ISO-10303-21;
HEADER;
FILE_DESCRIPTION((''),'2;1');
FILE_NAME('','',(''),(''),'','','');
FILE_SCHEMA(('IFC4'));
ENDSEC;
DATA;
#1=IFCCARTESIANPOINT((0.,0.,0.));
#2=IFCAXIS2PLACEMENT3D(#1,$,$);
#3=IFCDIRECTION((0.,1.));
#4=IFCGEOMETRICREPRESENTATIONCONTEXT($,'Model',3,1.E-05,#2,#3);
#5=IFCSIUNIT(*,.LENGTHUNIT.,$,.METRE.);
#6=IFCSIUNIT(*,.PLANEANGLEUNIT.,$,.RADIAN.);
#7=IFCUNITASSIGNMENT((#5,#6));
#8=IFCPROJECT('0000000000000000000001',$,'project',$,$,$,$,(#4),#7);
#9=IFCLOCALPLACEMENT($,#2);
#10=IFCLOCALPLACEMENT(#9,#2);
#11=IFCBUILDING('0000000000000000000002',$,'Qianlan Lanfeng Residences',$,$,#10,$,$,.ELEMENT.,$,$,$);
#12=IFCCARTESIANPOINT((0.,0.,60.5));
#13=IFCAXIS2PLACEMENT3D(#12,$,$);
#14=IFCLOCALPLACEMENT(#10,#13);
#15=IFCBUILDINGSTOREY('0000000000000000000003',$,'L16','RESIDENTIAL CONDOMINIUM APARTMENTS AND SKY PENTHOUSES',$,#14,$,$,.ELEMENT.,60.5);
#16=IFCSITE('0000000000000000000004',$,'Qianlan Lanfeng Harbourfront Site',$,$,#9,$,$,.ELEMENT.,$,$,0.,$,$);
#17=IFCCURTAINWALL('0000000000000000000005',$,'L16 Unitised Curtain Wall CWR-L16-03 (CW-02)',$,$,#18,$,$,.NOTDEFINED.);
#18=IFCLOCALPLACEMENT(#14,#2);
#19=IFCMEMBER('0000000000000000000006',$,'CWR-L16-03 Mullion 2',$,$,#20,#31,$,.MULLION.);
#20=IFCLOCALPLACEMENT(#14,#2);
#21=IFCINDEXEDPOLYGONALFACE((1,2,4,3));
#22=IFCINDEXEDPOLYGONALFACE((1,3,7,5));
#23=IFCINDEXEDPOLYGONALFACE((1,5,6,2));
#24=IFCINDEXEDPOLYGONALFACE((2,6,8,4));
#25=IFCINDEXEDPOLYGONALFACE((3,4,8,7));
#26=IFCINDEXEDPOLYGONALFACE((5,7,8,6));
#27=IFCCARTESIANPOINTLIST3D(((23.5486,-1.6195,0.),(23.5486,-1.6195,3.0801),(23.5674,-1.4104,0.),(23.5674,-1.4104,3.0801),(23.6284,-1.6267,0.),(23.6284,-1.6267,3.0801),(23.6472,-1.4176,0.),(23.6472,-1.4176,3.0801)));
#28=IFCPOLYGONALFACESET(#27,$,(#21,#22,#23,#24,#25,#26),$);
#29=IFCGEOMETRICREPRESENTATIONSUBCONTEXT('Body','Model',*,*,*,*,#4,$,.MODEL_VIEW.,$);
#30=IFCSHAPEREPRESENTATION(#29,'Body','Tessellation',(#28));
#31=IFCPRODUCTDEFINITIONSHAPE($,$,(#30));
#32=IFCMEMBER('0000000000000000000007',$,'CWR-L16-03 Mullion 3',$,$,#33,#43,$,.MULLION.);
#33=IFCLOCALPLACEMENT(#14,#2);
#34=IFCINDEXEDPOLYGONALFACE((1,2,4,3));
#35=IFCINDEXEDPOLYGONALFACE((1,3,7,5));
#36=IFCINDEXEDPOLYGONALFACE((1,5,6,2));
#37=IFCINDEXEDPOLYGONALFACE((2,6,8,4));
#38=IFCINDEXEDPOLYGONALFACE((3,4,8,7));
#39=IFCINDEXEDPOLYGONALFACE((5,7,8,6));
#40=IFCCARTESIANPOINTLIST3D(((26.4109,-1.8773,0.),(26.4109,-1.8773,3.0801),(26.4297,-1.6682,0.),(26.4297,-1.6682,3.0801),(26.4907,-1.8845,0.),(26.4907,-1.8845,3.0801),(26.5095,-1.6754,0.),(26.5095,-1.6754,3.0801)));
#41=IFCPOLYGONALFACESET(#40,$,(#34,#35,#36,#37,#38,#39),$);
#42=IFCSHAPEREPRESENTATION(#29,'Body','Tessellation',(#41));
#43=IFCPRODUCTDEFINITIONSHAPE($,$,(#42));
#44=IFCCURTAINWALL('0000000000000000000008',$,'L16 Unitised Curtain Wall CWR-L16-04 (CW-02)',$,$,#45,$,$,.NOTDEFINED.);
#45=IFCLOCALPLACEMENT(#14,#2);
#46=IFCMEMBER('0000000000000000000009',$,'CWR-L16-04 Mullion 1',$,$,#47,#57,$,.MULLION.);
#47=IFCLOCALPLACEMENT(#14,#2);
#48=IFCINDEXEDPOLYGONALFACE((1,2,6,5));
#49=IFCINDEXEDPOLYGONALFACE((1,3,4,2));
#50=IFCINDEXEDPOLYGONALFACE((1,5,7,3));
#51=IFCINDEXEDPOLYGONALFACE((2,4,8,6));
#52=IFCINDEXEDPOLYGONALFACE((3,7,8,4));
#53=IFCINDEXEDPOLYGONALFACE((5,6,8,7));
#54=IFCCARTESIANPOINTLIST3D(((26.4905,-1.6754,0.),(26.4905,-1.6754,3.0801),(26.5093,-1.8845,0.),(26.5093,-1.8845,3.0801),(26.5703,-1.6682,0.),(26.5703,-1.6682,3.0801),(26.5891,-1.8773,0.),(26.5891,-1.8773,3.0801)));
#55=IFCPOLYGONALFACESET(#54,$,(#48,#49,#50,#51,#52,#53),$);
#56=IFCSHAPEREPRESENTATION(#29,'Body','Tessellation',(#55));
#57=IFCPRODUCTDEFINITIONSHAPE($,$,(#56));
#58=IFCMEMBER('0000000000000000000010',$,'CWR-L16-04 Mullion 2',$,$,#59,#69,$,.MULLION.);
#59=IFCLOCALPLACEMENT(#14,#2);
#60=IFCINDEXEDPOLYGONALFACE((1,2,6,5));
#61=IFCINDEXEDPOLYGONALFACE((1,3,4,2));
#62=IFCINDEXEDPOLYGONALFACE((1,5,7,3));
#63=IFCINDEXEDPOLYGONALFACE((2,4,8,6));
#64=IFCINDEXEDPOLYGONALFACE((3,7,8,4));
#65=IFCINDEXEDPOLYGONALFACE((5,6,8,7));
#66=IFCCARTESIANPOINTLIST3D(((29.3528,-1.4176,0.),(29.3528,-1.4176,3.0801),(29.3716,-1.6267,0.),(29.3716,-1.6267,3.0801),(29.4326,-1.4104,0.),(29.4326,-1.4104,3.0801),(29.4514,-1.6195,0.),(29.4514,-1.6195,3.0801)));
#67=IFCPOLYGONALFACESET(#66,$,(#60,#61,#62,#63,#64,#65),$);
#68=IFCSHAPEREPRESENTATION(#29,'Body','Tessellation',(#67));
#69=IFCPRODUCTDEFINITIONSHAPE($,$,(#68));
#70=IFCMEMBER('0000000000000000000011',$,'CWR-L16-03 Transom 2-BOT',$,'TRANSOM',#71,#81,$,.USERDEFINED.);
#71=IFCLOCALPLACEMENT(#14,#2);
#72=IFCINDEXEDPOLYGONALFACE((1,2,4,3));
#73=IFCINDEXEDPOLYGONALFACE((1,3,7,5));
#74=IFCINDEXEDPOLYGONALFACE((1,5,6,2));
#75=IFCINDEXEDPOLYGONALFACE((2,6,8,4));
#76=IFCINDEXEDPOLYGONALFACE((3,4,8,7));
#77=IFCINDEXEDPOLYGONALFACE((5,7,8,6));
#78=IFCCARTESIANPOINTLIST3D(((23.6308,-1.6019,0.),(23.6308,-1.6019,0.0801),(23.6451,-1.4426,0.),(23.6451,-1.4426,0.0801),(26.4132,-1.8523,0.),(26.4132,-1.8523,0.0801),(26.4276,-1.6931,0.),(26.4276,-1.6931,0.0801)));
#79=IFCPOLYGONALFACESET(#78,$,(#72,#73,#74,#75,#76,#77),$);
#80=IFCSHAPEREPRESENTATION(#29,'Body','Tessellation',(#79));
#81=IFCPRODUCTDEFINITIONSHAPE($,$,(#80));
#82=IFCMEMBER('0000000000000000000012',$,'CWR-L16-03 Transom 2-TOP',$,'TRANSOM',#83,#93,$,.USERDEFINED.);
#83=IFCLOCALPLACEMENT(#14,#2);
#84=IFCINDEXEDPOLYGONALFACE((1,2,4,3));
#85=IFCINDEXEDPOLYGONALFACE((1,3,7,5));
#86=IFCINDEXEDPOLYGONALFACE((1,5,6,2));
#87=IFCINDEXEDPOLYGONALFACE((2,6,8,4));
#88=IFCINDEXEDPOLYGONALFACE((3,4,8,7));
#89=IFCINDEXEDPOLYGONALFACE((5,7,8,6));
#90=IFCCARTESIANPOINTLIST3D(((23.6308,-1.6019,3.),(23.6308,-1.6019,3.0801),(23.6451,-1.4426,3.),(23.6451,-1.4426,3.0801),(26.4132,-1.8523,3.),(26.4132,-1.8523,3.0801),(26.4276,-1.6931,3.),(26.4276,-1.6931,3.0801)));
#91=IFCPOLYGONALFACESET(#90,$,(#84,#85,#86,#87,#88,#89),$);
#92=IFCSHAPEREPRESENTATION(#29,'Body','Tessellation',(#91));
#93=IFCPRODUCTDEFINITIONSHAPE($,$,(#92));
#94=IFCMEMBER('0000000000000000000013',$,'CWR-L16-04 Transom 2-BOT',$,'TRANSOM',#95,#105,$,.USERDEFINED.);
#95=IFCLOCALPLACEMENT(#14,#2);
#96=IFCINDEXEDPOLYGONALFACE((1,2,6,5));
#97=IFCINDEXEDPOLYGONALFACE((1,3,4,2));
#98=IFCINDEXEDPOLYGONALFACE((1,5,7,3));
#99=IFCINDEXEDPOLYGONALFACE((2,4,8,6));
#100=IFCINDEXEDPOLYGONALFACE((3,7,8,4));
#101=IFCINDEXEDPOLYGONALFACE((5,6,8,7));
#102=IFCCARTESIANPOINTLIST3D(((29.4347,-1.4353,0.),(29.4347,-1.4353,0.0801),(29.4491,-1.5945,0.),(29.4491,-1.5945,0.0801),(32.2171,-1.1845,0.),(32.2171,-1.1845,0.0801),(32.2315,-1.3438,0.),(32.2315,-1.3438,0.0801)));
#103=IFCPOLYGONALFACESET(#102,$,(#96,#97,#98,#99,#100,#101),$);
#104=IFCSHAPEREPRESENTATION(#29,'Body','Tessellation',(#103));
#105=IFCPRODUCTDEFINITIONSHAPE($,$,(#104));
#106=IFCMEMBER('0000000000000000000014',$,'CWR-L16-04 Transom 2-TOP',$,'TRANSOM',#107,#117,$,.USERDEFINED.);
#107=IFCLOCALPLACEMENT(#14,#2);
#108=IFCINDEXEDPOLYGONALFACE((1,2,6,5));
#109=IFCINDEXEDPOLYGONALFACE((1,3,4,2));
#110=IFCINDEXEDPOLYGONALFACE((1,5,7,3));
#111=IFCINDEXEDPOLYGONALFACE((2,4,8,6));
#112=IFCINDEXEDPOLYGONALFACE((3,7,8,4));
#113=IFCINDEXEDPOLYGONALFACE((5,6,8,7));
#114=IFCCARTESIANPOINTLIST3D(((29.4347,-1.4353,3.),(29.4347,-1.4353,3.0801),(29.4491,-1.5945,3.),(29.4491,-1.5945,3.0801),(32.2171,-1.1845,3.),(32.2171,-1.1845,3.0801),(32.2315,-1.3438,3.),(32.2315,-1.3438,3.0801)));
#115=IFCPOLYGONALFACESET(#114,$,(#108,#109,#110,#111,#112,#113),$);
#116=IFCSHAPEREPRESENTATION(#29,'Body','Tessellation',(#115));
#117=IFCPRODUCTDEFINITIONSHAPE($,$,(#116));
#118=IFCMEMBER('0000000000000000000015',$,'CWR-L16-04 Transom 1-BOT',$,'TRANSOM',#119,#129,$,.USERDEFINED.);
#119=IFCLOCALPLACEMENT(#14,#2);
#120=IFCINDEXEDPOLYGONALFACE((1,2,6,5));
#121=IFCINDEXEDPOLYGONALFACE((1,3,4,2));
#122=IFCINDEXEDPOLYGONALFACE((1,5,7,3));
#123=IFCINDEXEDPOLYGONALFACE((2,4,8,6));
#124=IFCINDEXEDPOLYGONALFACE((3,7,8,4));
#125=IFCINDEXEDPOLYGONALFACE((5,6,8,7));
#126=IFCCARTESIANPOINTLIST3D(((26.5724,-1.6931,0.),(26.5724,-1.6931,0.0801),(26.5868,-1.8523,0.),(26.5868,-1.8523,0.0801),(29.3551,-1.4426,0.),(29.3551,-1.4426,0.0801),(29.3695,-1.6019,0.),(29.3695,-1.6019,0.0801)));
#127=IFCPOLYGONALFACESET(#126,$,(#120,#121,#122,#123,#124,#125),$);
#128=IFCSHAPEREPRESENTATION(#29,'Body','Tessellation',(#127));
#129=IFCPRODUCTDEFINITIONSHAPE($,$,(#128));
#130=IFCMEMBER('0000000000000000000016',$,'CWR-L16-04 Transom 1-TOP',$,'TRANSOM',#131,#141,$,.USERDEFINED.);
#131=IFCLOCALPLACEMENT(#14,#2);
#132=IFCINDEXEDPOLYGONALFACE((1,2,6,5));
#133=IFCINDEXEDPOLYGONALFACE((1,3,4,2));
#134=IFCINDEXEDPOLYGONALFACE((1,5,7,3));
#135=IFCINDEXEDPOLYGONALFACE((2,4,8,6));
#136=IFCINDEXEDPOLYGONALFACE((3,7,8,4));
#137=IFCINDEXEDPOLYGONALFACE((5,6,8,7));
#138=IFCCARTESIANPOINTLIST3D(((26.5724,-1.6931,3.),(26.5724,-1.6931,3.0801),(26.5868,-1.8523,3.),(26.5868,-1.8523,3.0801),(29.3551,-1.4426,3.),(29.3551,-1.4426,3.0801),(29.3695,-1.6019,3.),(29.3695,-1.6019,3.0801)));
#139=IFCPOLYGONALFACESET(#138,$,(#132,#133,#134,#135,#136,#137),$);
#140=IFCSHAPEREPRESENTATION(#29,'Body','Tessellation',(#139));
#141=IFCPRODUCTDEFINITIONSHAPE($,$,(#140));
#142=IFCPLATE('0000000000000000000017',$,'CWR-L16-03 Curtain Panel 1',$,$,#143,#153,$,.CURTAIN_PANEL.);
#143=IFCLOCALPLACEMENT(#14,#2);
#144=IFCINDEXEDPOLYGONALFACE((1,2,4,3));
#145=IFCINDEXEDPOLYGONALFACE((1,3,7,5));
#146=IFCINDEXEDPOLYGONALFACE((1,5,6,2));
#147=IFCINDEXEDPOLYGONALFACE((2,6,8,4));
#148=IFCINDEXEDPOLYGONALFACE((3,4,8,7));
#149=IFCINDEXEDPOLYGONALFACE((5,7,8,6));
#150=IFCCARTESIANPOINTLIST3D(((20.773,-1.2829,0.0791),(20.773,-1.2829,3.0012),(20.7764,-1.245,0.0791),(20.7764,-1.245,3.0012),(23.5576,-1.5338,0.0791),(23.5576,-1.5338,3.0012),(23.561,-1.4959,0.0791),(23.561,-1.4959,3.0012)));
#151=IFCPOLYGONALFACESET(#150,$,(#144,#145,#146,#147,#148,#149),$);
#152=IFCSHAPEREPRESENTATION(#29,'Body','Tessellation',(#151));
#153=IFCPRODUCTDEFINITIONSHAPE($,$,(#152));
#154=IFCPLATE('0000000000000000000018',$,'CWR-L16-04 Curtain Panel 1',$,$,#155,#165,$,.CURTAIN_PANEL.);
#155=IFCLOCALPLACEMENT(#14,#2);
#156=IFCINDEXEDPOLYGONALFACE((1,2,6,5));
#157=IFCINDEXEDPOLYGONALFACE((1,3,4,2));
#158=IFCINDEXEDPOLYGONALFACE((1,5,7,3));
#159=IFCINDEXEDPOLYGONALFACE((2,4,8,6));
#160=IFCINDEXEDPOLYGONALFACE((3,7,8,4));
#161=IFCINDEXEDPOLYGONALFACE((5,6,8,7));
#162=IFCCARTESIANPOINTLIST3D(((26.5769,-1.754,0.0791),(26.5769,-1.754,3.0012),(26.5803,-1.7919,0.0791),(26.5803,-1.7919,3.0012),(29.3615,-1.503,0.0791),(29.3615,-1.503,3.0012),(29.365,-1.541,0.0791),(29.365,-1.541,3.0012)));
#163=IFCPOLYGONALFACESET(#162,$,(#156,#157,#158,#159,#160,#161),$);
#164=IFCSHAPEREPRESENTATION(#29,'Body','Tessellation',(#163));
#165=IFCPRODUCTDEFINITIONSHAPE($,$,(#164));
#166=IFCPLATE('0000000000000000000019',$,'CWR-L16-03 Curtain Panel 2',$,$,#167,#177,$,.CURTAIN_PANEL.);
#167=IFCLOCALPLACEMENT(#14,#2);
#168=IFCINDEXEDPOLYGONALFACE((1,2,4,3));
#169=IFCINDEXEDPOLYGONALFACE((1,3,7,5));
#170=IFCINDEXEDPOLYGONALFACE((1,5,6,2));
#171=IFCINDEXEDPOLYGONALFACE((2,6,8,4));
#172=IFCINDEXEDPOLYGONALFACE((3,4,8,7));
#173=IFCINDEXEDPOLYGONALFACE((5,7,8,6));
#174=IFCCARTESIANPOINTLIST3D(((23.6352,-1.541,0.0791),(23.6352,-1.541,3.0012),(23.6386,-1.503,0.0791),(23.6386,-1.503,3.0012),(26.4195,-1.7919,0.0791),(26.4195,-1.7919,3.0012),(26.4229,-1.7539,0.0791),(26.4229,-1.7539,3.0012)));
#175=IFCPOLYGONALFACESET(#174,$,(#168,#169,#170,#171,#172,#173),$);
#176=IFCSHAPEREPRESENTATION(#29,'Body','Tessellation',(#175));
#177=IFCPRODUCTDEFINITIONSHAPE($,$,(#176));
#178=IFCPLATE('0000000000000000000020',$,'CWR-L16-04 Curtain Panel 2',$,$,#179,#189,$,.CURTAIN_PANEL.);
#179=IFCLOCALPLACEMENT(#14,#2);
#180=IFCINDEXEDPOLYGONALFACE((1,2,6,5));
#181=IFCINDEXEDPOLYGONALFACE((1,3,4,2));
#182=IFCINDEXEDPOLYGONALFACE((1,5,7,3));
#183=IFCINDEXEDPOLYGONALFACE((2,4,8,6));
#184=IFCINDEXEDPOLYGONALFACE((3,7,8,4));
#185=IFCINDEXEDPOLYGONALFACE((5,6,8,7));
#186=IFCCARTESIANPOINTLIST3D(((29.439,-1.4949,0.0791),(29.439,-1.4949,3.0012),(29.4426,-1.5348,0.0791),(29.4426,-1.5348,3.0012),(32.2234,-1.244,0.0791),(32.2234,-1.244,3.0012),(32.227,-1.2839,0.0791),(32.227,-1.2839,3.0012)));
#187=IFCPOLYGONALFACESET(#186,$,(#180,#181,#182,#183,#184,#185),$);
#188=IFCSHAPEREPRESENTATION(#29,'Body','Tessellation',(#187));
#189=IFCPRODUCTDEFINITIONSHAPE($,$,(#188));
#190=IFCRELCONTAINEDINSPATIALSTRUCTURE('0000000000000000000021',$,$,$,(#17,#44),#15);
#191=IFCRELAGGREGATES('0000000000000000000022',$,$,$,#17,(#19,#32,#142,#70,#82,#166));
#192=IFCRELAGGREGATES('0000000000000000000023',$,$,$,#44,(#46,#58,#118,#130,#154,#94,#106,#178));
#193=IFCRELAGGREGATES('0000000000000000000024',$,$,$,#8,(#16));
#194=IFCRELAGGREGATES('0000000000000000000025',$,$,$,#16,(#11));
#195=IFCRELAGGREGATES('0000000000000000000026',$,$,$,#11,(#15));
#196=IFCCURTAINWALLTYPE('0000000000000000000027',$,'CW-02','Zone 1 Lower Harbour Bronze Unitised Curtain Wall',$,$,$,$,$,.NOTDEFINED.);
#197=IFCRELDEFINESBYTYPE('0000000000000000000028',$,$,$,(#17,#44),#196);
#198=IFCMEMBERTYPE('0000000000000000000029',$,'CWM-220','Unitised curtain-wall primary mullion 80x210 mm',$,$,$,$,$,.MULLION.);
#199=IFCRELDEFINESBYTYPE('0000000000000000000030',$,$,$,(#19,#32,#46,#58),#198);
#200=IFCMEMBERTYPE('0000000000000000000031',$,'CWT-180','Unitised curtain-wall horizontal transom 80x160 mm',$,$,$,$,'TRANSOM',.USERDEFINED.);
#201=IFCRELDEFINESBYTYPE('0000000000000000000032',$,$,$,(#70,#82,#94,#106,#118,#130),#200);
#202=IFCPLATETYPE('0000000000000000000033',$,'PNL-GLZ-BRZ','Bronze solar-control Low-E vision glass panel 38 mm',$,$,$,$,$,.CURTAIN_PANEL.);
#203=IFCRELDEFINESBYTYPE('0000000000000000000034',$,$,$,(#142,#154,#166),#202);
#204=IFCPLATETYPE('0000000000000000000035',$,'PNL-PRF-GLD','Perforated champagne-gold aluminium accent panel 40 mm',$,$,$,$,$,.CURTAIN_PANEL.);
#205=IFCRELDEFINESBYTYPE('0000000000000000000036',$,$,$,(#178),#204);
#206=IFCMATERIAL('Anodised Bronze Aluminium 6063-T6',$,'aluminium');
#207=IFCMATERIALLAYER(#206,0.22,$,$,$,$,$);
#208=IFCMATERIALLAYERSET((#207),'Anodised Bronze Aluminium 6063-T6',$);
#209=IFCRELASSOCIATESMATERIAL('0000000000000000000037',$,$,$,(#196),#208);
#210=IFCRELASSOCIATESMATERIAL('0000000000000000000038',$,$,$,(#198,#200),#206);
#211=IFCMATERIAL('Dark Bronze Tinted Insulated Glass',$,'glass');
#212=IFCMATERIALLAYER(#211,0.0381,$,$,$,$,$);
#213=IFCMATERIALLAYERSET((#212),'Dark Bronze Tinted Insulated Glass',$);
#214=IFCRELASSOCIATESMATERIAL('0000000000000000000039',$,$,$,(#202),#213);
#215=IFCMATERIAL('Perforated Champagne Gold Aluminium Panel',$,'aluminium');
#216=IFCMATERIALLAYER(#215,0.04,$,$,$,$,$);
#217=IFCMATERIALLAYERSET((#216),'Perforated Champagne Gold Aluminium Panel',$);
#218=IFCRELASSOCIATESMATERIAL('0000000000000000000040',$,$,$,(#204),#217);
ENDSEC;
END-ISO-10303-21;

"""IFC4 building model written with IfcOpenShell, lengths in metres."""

from ifc_helpers import new_model, si_unit, direction, frame, origin, origin_2d, place, context, subcontext, project, spatial, rectangle, extrude, source, transform, mapped, material, layer, layer_set, material_profile, profile_set, type_object, element, aggregate, save


model = new_model("IFC4")

# Units and contexts
model_context = context("Model", 3, precision=1e-05, world=origin(), true_north=direction((0.0, 1.0)))
body_context = subcontext(model_context, "Body", "Model", "MODEL_VIEW")
ifc_project = project(units=[si_unit("LENGTHUNIT", "METRE"), si_unit("PLANEANGLEUNIT", "RADIAN")], contexts=[model_context])

# Site, building, storey
site_placement = place(None, origin())
site = spatial("IfcSite", under=ifc_project, at=site_placement, Name="Qianlan Lanfeng Harbourfront Site", CompositionType="ELEMENT", RefElevation=0.0)
building_placement = place(site_placement, origin())
building = spatial("IfcBuilding", under=site, at=building_placement, Name="Qianlan Lanfeng Residences", CompositionType="ELEMENT")
storey_placement = place(building_placement, frame((0.0, 0.0, 60.5)))
storey = spatial("IfcBuildingStorey", under=building, at=storey_placement, Name="L16", Description="RESIDENTIAL CONDOMINIUM APARTMENTS AND SKY PENTHOUSES", CompositionType="ELEMENT", Elevation=60.5)

# Curtain walls, members
ifc_material_1 = material(Name="Anodised Bronze Aluminium 6063-T6", Category="aluminium")
ifc_layer_1 = layer(ifc_material_1, 0.22)
ifc_layer_set_1 = layer_set([ifc_layer_1], Name="Anodised Bronze Aluminium 6063-T6")
curtain_wall_type = type_object("IfcCurtainWallType", Name="CW-02", Description="Zone 1 Lower Harbour Bronze Unitised Curtain Wall", PredefinedType="NOTDEFINED", material=ifc_layer_set_1)
curtain_wall_1_placement = place(storey_placement, origin())
curtain_wall_1 = element("IfcCurtainWall", 1, at=curtain_wall_1_placement, inside=storey, type_object=curtain_wall_type, Name="L16 Unitised Curtain Wall CWR-L16-03 (CW-02)", PredefinedType="NOTDEFINED")
ifc_material_profile_1 = material_profile(ifc_material_1, rectangle(XDim=0.0801, YDim=0.21, at=origin_2d()), Name="ALU MULLION 80x210")
ifc_profile_set_1 = profile_set([ifc_material_profile_1], Name="Anodised Bronze Aluminium 6063-T6")
member_type_1 = type_object("IfcMemberType", Name="CWM-220", Description="Unitised curtain-wall primary mullion 80x210 mm", PredefinedType="MULLION", material=ifc_profile_set_1)
shared_shape_1 = source(origin(), body_context, "Body", "SweptSolid", [
    extrude(rectangle(XDim=0.0801, YDim=0.21, at=origin_2d()), origin(), (0.0, 0.0, 1.0), 3.0801),
])
member_1_placement = place(storey_placement, frame((23.5979, -1.5186, 0.0), z_axis=(0.0, 0.0, 1.0), x_axis=(0.995965, -0.089746, 0.0)))
member_1 = element("IfcMember", 2, at=member_1_placement, type_object=member_type_1, Name="CWR-L16-03 Mullion 2", PredefinedType="MULLION", context=body_context, shape_type="MappedRepresentation", body=[
    mapped(shared_shape_1, transform((0.0, 0.0, 0.0), scale=1.0)),
])
member_2_placement = place(storey_placement, frame((26.4602, -1.7764, 0.0), z_axis=(0.0, 0.0, 1.0), x_axis=(0.995965, -0.089746, 0.0)))
member_2 = element("IfcMember", 3, at=member_2_placement, type_object=member_type_1, Name="CWR-L16-03 Mullion 3", PredefinedType="MULLION", context=body_context, shape_type="MappedRepresentation", body=[
    mapped(shared_shape_1, transform((0.0, 0.0, 0.0), scale=1.0)),
])
curtain_wall_2_placement = place(storey_placement, origin())
curtain_wall_2 = element("IfcCurtainWall", 4, at=curtain_wall_2_placement, inside=storey, type_object=curtain_wall_type, Name="L16 Unitised Curtain Wall CWR-L16-04 (CW-02)", PredefinedType="NOTDEFINED")
member_3_placement = place(storey_placement, frame((26.5398, -1.7764, 0.0), z_axis=(0.0, 0.0, 1.0), x_axis=(0.995965, 0.089746, 0.0)))
member_3 = element("IfcMember", 5, at=member_3_placement, type_object=member_type_1, Name="CWR-L16-04 Mullion 1", PredefinedType="MULLION", context=body_context, shape_type="MappedRepresentation", body=[
    mapped(shared_shape_1, transform((0.0, 0.0, 0.0), scale=1.0)),
])
member_4_placement = place(storey_placement, frame((29.4021, -1.5186, 0.0), z_axis=(0.0, 0.0, 1.0), x_axis=(0.995965, 0.089746, 0.0)))
member_4 = element("IfcMember", 6, at=member_4_placement, type_object=member_type_1, Name="CWR-L16-04 Mullion 2", PredefinedType="MULLION", context=body_context, shape_type="MappedRepresentation", body=[
    mapped(shared_shape_1, transform((0.0, 0.0, 0.0), scale=1.0)),
])

# Members
ifc_material_profile_2 = material_profile(ifc_material_1, rectangle(XDim=0.0801, YDim=0.1599, at=origin_2d()), Name="ALU TRANSOM 80x160")
ifc_profile_set_2 = profile_set([ifc_material_profile_2], Name="Anodised Bronze Aluminium 6063-T6")
member_type_2 = type_object("IfcMemberType", Name="CWT-180", Description="Unitised curtain-wall horizontal transom 80x160 mm", ElementType="TRANSOM", PredefinedType="USERDEFINED", material=ifc_profile_set_2)
shared_shape_2 = source(origin(), body_context, "Body", "SweptSolid", [
    extrude(rectangle(XDim=0.0801, YDim=0.1599, at=origin_2d()), origin(), (0.0, 0.0, 1.0), 2.7937),
])
member_5_placement = place(storey_placement, frame((23.6379, -1.5222, 0.04), z_axis=(0.995972, -0.089661, 0.0), x_axis=(0.0, 0.0, 1.0)))
member_5 = element("IfcMember", 7, at=member_5_placement, type_object=member_type_2, Name="CWR-L16-03 Transom 2-BOT", ObjectType="TRANSOM", PredefinedType="USERDEFINED", context=body_context, shape_type="MappedRepresentation", body=[
    mapped(shared_shape_2, transform((0.0, 0.0, 0.0), scale=1.0)),
])
member_6_placement = place(storey_placement, frame((23.6379, -1.5222, 3.04), z_axis=(0.995972, -0.089661, 0.0), x_axis=(0.0, 0.0, 1.0)))
member_6 = element("IfcMember", 8, at=member_6_placement, type_object=member_type_2, Name="CWR-L16-03 Transom 2-TOP", ObjectType="TRANSOM", PredefinedType="USERDEFINED", context=body_context, shape_type="MappedRepresentation", body=[
    mapped(shared_shape_2, transform((0.0, 0.0, 0.0), scale=1.0)),
])
member_7_placement = place(storey_placement, frame((29.4419, -1.5149, 0.04), z_axis=(0.995965, 0.089748, 0.0), x_axis=(0.0, 0.0, 1.0)))
member_7 = element("IfcMember", 9, at=member_7_placement, type_object=member_type_2, Name="CWR-L16-04 Transom 2-BOT", ObjectType="TRANSOM", PredefinedType="USERDEFINED", context=body_context, shape_type="MappedRepresentation", body=[
    mapped(shared_shape_2, transform((0.0, 0.0, 0.0), scale=1.0)),
])
member_8_placement = place(storey_placement, frame((29.4419, -1.5149, 3.04), z_axis=(0.995965, 0.089748, 0.0), x_axis=(0.0, 0.0, 1.0)))
member_8 = element("IfcMember", 10, at=member_8_placement, type_object=member_type_2, Name="CWR-L16-04 Transom 2-TOP", ObjectType="TRANSOM", PredefinedType="USERDEFINED", context=body_context, shape_type="MappedRepresentation", body=[
    mapped(shared_shape_2, transform((0.0, 0.0, 0.0), scale=1.0)),
])
shared_shape_3 = source(origin(), body_context, "Body", "SweptSolid", [
    extrude(rectangle(XDim=0.0801, YDim=0.1599, at=origin_2d()), origin(), (0.0, 0.0, 1.0), 2.7939),
])
member_9_placement = place(storey_placement, frame((26.5796, -1.7727, 0.04), z_axis=(0.995973, 0.089653, 0.0), x_axis=(0.0, 0.0, 1.0)))
member_9 = element("IfcMember", 11, at=member_9_placement, type_object=member_type_2, Name="CWR-L16-04 Transom 1-BOT", ObjectType="TRANSOM", PredefinedType="USERDEFINED", context=body_context, shape_type="MappedRepresentation", body=[
    mapped(shared_shape_3, transform((0.0, 0.0, 0.0), scale=1.0)),
])
member_10_placement = place(storey_placement, frame((26.5796, -1.7727, 3.04), z_axis=(0.995973, 0.089653, 0.0), x_axis=(0.0, 0.0, 1.0)))
member_10 = element("IfcMember", 12, at=member_10_placement, type_object=member_type_2, Name="CWR-L16-04 Transom 1-TOP", ObjectType="TRANSOM", PredefinedType="USERDEFINED", context=body_context, shape_type="MappedRepresentation", body=[
    mapped(shared_shape_3, transform((0.0, 0.0, 0.0), scale=1.0)),
])

# Plates
ifc_material_2 = material(Name="Dark Bronze Tinted Insulated Glass", Category="glass")
ifc_layer_2 = layer(ifc_material_2, 0.0381)
ifc_layer_set_2 = layer_set([ifc_layer_2], Name="Dark Bronze Tinted Insulated Glass")
plate_type_1 = type_object("IfcPlateType", Name="PNL-GLZ-BRZ", Description="Bronze solar-control Low-E vision glass panel 38 mm", PredefinedType="CURTAIN_PANEL", material=ifc_layer_set_2)
shared_shape_4 = source(origin(), body_context, "Body", "SweptSolid", [
    extrude(rectangle(XDim=2.7959, YDim=0.0381, at=origin_2d()), origin(), (0.0, 0.0, 1.0), 2.9221),
])
plate_1_placement = place(storey_placement, frame((22.167, -1.3894, 0.0791), z_axis=(0.0, 0.0, 1.0), x_axis=(0.995965, -0.089746, 0.0)))
plate_1 = element("IfcPlate", 13, at=plate_1_placement, type_object=plate_type_1, Name="CWR-L16-03 Curtain Panel 1", PredefinedType="CURTAIN_PANEL", context=body_context, shape_type="MappedRepresentation", body=[
    mapped(shared_shape_4, transform((0.0, 0.0, 0.0), scale=1.0)),
])
plate_2_placement = place(storey_placement, frame((27.9709, -1.6475, 0.0791), z_axis=(0.0, 0.0, 1.0), x_axis=(0.995965, 0.089746, 0.0)))
plate_2 = element("IfcPlate", 14, at=plate_2_placement, type_object=plate_type_1, Name="CWR-L16-04 Curtain Panel 1", PredefinedType="CURTAIN_PANEL", context=body_context, shape_type="MappedRepresentation", body=[
    mapped(shared_shape_4, transform((0.0, 0.0, 0.0), scale=1.0)),
])
shared_shape_5 = source(origin(), body_context, "Body", "SweptSolid", [
    extrude(rectangle(XDim=2.7957, YDim=0.0381, at=origin_2d()), origin(), (0.0, 0.0, 1.0), 2.9221),
])
plate_3_placement = place(storey_placement, frame((25.0291, -1.6475, 0.0791), z_axis=(0.0, 0.0, 1.0), x_axis=(0.995965, -0.089746, 0.0)))
plate_3 = element("IfcPlate", 15, at=plate_3_placement, type_object=plate_type_1, Name="CWR-L16-03 Curtain Panel 2", PredefinedType="CURTAIN_PANEL", context=body_context, shape_type="MappedRepresentation", body=[
    mapped(shared_shape_5, transform((0.0, 0.0, 0.0), scale=1.0)),
])
aggregate(curtain_wall_1, [member_1, member_2, plate_1, member_5, member_6, plate_3])
ifc_material_3 = material(Name="Perforated Champagne Gold Aluminium Panel", Category="aluminium")
ifc_layer_3 = layer(ifc_material_3, 0.04)
ifc_layer_set_3 = layer_set([ifc_layer_3], Name="Perforated Champagne Gold Aluminium Panel")
plate_type_2 = type_object("IfcPlateType", Name="PNL-PRF-GLD", Description="Perforated champagne-gold aluminium accent panel 40 mm", PredefinedType="CURTAIN_PANEL", material=ifc_layer_set_3)
shared_shape_6 = source(origin(), body_context, "Body", "SweptSolid", [
    extrude(rectangle(XDim=2.7957, YDim=0.04, at=origin_2d()), origin(), (0.0, 0.0, 1.0), 2.9221),
])
plate_4_placement = place(storey_placement, frame((30.833, -1.3894, 0.0791), z_axis=(0.0, 0.0, 1.0), x_axis=(0.995965, 0.089746, 0.0)))
plate_4 = element("IfcPlate", 16, at=plate_4_placement, type_object=plate_type_2, Name="CWR-L16-04 Curtain Panel 2", PredefinedType="CURTAIN_PANEL", context=body_context, shape_type="MappedRepresentation", body=[
    mapped(shared_shape_6, transform((0.0, 0.0, 0.0), scale=1.0)),
])
aggregate(curtain_wall_2, [member_3, member_4, member_9, member_10, plate_2, member_7, member_8, plate_4])

save(model, "model.ifc")
